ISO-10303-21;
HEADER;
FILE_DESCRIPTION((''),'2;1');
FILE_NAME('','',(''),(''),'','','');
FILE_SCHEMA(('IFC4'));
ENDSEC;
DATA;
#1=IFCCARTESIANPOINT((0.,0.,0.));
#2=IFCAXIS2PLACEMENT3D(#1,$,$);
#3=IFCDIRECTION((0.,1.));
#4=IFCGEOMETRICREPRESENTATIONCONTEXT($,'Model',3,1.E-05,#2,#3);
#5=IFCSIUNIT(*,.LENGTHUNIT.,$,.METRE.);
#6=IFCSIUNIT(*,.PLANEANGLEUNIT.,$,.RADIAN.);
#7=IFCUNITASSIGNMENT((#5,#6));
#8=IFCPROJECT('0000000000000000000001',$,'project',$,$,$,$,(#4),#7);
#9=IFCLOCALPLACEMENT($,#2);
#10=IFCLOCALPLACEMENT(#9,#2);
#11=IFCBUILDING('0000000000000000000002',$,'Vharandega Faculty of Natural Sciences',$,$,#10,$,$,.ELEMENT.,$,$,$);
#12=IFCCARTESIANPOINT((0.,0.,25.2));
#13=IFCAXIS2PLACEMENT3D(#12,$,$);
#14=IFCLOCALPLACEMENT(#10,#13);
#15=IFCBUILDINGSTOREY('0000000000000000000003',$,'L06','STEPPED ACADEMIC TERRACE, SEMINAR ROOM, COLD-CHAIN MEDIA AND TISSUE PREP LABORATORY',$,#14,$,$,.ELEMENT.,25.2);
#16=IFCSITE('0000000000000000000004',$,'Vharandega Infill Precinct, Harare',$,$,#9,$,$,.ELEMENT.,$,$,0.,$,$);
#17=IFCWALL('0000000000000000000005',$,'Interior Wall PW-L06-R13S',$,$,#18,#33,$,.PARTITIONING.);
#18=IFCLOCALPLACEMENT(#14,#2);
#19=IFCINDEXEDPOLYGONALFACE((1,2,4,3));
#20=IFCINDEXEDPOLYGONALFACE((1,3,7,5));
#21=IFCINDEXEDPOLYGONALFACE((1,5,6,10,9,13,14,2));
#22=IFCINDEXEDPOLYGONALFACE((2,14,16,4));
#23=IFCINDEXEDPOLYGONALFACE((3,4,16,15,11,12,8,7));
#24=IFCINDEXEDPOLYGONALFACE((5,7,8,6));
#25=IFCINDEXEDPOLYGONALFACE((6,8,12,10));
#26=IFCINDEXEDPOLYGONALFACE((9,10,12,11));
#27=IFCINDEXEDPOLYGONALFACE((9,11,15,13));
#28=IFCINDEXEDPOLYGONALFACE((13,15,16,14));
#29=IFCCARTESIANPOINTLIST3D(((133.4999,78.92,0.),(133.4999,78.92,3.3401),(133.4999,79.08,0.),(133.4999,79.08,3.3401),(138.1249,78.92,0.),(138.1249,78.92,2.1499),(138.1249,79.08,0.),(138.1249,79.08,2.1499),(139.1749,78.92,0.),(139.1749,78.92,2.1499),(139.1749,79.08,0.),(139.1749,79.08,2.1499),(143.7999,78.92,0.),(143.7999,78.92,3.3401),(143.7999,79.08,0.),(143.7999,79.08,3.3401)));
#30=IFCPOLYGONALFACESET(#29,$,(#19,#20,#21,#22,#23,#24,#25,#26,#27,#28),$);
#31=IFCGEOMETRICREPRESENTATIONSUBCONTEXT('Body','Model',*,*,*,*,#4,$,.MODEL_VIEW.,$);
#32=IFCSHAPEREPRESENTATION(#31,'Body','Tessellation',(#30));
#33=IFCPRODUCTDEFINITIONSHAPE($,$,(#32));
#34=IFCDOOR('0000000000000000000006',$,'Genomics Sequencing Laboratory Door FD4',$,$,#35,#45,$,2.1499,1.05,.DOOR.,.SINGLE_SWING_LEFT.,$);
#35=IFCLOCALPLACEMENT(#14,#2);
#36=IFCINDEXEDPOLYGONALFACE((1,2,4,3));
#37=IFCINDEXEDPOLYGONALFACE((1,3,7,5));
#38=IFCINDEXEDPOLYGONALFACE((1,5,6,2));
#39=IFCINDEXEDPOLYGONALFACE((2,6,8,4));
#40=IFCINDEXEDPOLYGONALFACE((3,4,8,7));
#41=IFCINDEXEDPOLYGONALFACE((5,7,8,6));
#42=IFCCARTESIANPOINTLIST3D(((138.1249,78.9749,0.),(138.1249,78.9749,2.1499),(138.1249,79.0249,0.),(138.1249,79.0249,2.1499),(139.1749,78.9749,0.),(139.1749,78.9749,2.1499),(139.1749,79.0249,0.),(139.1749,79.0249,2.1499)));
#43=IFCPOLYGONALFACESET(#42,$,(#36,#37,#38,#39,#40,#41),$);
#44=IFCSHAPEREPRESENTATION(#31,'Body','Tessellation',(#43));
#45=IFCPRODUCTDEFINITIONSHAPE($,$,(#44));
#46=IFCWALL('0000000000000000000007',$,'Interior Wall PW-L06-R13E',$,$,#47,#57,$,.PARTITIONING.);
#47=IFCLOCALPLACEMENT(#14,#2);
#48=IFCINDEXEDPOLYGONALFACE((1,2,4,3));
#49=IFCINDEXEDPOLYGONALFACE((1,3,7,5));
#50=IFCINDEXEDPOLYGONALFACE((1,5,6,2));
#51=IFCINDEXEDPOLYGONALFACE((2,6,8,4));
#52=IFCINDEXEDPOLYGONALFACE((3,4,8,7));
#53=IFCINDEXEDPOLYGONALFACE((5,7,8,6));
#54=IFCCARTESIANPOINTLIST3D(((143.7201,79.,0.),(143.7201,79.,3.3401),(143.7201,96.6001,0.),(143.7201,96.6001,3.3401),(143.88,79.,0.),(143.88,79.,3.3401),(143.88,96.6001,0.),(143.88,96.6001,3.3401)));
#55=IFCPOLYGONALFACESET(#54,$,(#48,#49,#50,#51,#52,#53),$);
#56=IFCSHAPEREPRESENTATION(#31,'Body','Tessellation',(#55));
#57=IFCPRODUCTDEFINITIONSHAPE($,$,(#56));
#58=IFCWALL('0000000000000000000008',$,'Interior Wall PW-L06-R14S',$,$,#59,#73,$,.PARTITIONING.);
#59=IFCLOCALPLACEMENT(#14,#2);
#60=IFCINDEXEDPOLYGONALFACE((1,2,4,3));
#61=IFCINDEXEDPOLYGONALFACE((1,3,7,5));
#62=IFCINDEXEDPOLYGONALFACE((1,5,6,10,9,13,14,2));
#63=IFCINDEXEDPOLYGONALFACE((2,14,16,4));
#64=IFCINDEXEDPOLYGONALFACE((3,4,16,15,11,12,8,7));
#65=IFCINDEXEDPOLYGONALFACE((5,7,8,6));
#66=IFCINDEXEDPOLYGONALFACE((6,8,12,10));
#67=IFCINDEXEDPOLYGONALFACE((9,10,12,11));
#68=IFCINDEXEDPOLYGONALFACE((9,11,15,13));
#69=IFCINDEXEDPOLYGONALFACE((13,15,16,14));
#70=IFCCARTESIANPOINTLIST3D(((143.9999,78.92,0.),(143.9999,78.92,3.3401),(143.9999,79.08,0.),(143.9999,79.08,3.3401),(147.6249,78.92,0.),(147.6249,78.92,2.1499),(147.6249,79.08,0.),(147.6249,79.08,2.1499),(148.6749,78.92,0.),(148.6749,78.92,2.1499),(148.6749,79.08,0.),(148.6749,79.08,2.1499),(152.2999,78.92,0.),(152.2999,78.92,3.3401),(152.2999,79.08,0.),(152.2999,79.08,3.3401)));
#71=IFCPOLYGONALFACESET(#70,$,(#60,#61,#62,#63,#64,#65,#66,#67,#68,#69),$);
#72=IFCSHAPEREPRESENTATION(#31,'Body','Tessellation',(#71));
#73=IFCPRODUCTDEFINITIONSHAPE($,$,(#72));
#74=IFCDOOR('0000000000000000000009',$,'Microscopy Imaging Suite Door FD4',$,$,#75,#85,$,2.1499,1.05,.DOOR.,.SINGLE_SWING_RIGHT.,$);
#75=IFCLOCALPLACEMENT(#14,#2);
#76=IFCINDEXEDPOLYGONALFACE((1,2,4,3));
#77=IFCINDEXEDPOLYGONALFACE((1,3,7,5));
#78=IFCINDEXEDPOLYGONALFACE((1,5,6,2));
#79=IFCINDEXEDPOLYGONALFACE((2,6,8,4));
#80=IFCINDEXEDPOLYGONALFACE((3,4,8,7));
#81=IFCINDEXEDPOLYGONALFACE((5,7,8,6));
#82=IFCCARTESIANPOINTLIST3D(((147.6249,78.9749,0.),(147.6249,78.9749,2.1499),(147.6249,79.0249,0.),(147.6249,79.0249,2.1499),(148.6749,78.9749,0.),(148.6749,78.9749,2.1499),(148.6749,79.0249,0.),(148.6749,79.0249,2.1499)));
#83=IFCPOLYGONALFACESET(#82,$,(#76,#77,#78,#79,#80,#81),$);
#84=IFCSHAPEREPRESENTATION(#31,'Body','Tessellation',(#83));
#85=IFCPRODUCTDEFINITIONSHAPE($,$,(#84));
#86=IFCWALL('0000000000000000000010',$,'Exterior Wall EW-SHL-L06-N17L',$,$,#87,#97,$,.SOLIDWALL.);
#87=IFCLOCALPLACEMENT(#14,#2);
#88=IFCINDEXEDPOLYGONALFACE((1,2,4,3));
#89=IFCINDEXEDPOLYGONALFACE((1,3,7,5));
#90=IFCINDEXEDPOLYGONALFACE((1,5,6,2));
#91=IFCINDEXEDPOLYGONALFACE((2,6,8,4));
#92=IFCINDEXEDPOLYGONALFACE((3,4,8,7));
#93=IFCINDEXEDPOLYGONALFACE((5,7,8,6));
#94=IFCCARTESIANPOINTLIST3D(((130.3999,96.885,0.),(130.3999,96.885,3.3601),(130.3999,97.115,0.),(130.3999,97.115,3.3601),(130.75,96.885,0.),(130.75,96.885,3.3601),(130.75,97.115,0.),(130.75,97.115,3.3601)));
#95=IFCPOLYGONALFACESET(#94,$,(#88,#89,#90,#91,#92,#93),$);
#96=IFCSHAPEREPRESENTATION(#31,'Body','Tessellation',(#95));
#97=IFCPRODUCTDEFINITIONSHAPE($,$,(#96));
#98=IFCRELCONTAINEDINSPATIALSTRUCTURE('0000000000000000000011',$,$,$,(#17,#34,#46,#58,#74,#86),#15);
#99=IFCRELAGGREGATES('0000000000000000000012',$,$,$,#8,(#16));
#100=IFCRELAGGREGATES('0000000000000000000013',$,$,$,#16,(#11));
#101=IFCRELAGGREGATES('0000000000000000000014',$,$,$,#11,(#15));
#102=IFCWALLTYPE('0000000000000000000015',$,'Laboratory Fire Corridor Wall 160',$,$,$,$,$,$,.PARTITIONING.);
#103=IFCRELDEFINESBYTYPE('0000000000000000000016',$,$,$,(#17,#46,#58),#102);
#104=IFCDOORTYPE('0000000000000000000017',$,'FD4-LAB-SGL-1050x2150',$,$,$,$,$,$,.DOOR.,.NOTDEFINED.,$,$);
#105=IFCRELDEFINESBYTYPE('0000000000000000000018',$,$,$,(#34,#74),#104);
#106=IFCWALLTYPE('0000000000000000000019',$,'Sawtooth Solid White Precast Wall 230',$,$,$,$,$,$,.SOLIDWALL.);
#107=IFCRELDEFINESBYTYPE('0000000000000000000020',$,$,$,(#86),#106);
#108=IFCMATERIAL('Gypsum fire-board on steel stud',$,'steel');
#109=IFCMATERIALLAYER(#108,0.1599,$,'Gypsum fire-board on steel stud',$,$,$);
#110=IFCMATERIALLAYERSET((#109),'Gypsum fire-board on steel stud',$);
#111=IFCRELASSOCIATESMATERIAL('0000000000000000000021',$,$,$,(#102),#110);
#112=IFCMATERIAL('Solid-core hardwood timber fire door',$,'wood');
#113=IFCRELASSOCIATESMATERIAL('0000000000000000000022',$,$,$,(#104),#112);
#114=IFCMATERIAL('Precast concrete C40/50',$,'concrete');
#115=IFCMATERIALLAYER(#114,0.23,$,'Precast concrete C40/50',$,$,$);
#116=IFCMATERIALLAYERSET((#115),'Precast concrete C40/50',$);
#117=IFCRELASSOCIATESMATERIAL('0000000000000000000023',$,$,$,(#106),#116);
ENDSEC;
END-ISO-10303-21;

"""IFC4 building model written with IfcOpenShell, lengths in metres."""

from ifc_helpers import new_model, si_unit, direction, frame, frame_2d, origin, place, context, subcontext, project, spatial, rectangle, extrude, material, layer, layer_set, type_object, element, fill, save


model = new_model("IFC4")

# Units and contexts
model_context = context("Model", 3, precision=1e-05, world=origin(), true_north=direction((0.0, 1.0)))
body_context = subcontext(model_context, "Body", "Model", "MODEL_VIEW")
ifc_project = project(units=[si_unit("LENGTHUNIT", "METRE"), si_unit("PLANEANGLEUNIT", "RADIAN")], contexts=[model_context])

# Site, building, storey
site_placement = place(None, origin())
site = spatial("IfcSite", under=ifc_project, at=site_placement, Name="Vharandega Infill Precinct, Harare", CompositionType="ELEMENT", RefElevation=0.0)
building_placement = place(site_placement, origin())
building = spatial("IfcBuilding", under=site, at=building_placement, Name="Vharandega Faculty of Natural Sciences", CompositionType="ELEMENT")
storey_placement = place(building_placement, frame((0.0, 0.0, 25.2)))
storey = spatial("IfcBuildingStorey", under=building, at=storey_placement, Name="L06", Description="STEPPED ACADEMIC TERRACE, SEMINAR ROOM, COLD-CHAIN MEDIA AND TISSUE PREP LABORATORY", CompositionType="ELEMENT", Elevation=25.2)

# Shared definitions
ifc_material_1 = material(Name="Gypsum fire-board on steel stud", Category="steel")
ifc_layer_1 = layer(ifc_material_1, 0.1599, Name="Gypsum fire-board on steel stud")
ifc_layer_set_1 = layer_set([ifc_layer_1], Name="Gypsum fire-board on steel stud")
wall_type_1 = type_object("IfcWallType", Name="Laboratory Fire Corridor Wall 160", PredefinedType="PARTITIONING", material=ifc_layer_set_1)

# Wall, opening, door
wall_1_placement = place(storey_placement, frame((133.5, 79.0, 0.0), z_axis=(0.0, 0.0, 1.0), x_axis=(1.0, 0.0, 0.0)))
wall_1 = element("IfcWall", 1, at=wall_1_placement, inside=storey, type_object=wall_type_1, Name="Interior Wall PW-L06-R13S", PredefinedType="PARTITIONING", context=body_context, shape_type="SweptSolid", body=[
    extrude(rectangle(XDim=10.3, YDim=0.1599, at=frame_2d((5.1499, 0.0))), origin(), (0.0, 0.0, 1.0), 3.3401),
])
opening_1_placement = place(wall_1_placement, frame((4.625, 0.0, 0.0)))
opening_1 = element("IfcOpeningElement", 2, at=opening_1_placement, cuts=wall_1, PredefinedType="OPENING", context=body_context, shape_type="SweptSolid", body=[
    extrude(rectangle(XDim=1.05, YDim=2.1499, at=frame_2d((0.5249, 1.075))), frame((0.0, 0.0898, 0.0), z_axis=(0.0, -1.0, 0.0), x_axis=(1.0, 0.0, 0.0)), (0.0, 0.0, 1.0), 0.1799),
])
ifc_material_2 = material(Name="Solid-core hardwood timber fire door", Category="wood")
door_type = type_object("IfcDoorType", Name="FD4-LAB-SGL-1050x2150", OperationType="NOTDEFINED", PredefinedType="DOOR", material=ifc_material_2)
door_1_placement = place(opening_1_placement, origin())
door_1 = element("IfcDoor", 3, at=door_1_placement, inside=storey, type_object=door_type, Name="Genomics Sequencing Laboratory Door FD4", OperationType="SINGLE_SWING_LEFT", OverallHeight=2.1499, OverallWidth=1.05, PredefinedType="DOOR", context=body_context, shape_type="SweptSolid", body=[
    extrude(rectangle(XDim=1.05, YDim=2.1499, at=frame_2d((0.5249, 1.075))), frame((0.0, 0.0249, 0.0), z_axis=(0.0, -1.0, 0.0), x_axis=(1.0, 0.0, 0.0)), (0.0, 0.0, 1.0), 0.05),
])
fill(opening_1, door_1)

# Wall
wall_2_placement = place(storey_placement, frame((143.8, 79.0, 0.0), z_axis=(0.0, 0.0, 1.0), x_axis=(0.0, 1.0, 0.0)))
element("IfcWall", 4, at=wall_2_placement, inside=storey, type_object=wall_type_1, Name="Interior Wall PW-L06-R13E", PredefinedType="PARTITIONING", context=body_context, shape_type="SweptSolid", body=[
    extrude(rectangle(XDim=17.6001, YDim=0.1599, at=frame_2d((8.8, 0.0))), origin(), (0.0, 0.0, 1.0), 3.3401),
])

# Wall, opening, door
wall_3_placement = place(storey_placement, frame((144.0, 79.0, 0.0), z_axis=(0.0, 0.0, 1.0), x_axis=(1.0, 0.0, 0.0)))
wall_3 = element("IfcWall", 5, at=wall_3_placement, inside=storey, type_object=wall_type_1, Name="Interior Wall PW-L06-R14S", PredefinedType="PARTITIONING", context=body_context, shape_type="SweptSolid", body=[
    extrude(rectangle(XDim=8.3, YDim=0.1599, at=frame_2d((4.1499, 0.0))), origin(), (0.0, 0.0, 1.0), 3.3401),
])
opening_2_placement = place(wall_3_placement, frame((3.625, 0.0, 0.0)))
opening_2 = element("IfcOpeningElement", 6, at=opening_2_placement, cuts=wall_3, PredefinedType="OPENING", context=body_context, shape_type="SweptSolid", body=[
    extrude(rectangle(XDim=1.05, YDim=2.1499, at=frame_2d((0.5249, 1.075))), frame((0.0, 0.0898, 0.0), z_axis=(0.0, -1.0, 0.0), x_axis=(1.0, 0.0, 0.0)), (0.0, 0.0, 1.0), 0.1799),
])
door_2_placement = place(opening_2_placement, origin())
door_2 = element("IfcDoor", 7, at=door_2_placement, inside=storey, type_object=door_type, Name="Microscopy Imaging Suite Door FD4", OperationType="SINGLE_SWING_RIGHT", OverallHeight=2.1499, OverallWidth=1.05, PredefinedType="DOOR", context=body_context, shape_type="SweptSolid", body=[
    extrude(rectangle(XDim=1.05, YDim=2.1499, at=frame_2d((0.5249, 1.075))), frame((0.0, 0.0249, 0.0), z_axis=(0.0, -1.0, 0.0), x_axis=(1.0, 0.0, 0.0)), (0.0, 0.0, 1.0), 0.05),
])
fill(opening_2, door_2)

# Wall
ifc_material_3 = material(Name="Precast concrete C40/50", Category="concrete")
ifc_layer_2 = layer(ifc_material_3, 0.23, Name="Precast concrete C40/50")
ifc_layer_set_2 = layer_set([ifc_layer_2], Name="Precast concrete C40/50")
wall_type_2 = type_object("IfcWallType", Name="Sawtooth Solid White Precast Wall 230", PredefinedType="SOLIDWALL", material=ifc_layer_set_2)
wall_4_placement = place(storey_placement, frame((130.3999, 97.0, 0.0), z_axis=(0.0, 0.0, 1.0), x_axis=(1.0, 0.0, 0.0)))
element("IfcWall", 8, at=wall_4_placement, inside=storey, type_object=wall_type_2, Name="Exterior Wall EW-SHL-L06-N17L", PredefinedType="SOLIDWALL", context=body_context, shape_type="SweptSolid", body=[
    extrude(rectangle(XDim=0.3501, YDim=0.23, at=frame_2d((0.175, 0.0))), origin(), (0.0, 0.0, 1.0), 3.3601),
])

save(model, "model.ifc")
